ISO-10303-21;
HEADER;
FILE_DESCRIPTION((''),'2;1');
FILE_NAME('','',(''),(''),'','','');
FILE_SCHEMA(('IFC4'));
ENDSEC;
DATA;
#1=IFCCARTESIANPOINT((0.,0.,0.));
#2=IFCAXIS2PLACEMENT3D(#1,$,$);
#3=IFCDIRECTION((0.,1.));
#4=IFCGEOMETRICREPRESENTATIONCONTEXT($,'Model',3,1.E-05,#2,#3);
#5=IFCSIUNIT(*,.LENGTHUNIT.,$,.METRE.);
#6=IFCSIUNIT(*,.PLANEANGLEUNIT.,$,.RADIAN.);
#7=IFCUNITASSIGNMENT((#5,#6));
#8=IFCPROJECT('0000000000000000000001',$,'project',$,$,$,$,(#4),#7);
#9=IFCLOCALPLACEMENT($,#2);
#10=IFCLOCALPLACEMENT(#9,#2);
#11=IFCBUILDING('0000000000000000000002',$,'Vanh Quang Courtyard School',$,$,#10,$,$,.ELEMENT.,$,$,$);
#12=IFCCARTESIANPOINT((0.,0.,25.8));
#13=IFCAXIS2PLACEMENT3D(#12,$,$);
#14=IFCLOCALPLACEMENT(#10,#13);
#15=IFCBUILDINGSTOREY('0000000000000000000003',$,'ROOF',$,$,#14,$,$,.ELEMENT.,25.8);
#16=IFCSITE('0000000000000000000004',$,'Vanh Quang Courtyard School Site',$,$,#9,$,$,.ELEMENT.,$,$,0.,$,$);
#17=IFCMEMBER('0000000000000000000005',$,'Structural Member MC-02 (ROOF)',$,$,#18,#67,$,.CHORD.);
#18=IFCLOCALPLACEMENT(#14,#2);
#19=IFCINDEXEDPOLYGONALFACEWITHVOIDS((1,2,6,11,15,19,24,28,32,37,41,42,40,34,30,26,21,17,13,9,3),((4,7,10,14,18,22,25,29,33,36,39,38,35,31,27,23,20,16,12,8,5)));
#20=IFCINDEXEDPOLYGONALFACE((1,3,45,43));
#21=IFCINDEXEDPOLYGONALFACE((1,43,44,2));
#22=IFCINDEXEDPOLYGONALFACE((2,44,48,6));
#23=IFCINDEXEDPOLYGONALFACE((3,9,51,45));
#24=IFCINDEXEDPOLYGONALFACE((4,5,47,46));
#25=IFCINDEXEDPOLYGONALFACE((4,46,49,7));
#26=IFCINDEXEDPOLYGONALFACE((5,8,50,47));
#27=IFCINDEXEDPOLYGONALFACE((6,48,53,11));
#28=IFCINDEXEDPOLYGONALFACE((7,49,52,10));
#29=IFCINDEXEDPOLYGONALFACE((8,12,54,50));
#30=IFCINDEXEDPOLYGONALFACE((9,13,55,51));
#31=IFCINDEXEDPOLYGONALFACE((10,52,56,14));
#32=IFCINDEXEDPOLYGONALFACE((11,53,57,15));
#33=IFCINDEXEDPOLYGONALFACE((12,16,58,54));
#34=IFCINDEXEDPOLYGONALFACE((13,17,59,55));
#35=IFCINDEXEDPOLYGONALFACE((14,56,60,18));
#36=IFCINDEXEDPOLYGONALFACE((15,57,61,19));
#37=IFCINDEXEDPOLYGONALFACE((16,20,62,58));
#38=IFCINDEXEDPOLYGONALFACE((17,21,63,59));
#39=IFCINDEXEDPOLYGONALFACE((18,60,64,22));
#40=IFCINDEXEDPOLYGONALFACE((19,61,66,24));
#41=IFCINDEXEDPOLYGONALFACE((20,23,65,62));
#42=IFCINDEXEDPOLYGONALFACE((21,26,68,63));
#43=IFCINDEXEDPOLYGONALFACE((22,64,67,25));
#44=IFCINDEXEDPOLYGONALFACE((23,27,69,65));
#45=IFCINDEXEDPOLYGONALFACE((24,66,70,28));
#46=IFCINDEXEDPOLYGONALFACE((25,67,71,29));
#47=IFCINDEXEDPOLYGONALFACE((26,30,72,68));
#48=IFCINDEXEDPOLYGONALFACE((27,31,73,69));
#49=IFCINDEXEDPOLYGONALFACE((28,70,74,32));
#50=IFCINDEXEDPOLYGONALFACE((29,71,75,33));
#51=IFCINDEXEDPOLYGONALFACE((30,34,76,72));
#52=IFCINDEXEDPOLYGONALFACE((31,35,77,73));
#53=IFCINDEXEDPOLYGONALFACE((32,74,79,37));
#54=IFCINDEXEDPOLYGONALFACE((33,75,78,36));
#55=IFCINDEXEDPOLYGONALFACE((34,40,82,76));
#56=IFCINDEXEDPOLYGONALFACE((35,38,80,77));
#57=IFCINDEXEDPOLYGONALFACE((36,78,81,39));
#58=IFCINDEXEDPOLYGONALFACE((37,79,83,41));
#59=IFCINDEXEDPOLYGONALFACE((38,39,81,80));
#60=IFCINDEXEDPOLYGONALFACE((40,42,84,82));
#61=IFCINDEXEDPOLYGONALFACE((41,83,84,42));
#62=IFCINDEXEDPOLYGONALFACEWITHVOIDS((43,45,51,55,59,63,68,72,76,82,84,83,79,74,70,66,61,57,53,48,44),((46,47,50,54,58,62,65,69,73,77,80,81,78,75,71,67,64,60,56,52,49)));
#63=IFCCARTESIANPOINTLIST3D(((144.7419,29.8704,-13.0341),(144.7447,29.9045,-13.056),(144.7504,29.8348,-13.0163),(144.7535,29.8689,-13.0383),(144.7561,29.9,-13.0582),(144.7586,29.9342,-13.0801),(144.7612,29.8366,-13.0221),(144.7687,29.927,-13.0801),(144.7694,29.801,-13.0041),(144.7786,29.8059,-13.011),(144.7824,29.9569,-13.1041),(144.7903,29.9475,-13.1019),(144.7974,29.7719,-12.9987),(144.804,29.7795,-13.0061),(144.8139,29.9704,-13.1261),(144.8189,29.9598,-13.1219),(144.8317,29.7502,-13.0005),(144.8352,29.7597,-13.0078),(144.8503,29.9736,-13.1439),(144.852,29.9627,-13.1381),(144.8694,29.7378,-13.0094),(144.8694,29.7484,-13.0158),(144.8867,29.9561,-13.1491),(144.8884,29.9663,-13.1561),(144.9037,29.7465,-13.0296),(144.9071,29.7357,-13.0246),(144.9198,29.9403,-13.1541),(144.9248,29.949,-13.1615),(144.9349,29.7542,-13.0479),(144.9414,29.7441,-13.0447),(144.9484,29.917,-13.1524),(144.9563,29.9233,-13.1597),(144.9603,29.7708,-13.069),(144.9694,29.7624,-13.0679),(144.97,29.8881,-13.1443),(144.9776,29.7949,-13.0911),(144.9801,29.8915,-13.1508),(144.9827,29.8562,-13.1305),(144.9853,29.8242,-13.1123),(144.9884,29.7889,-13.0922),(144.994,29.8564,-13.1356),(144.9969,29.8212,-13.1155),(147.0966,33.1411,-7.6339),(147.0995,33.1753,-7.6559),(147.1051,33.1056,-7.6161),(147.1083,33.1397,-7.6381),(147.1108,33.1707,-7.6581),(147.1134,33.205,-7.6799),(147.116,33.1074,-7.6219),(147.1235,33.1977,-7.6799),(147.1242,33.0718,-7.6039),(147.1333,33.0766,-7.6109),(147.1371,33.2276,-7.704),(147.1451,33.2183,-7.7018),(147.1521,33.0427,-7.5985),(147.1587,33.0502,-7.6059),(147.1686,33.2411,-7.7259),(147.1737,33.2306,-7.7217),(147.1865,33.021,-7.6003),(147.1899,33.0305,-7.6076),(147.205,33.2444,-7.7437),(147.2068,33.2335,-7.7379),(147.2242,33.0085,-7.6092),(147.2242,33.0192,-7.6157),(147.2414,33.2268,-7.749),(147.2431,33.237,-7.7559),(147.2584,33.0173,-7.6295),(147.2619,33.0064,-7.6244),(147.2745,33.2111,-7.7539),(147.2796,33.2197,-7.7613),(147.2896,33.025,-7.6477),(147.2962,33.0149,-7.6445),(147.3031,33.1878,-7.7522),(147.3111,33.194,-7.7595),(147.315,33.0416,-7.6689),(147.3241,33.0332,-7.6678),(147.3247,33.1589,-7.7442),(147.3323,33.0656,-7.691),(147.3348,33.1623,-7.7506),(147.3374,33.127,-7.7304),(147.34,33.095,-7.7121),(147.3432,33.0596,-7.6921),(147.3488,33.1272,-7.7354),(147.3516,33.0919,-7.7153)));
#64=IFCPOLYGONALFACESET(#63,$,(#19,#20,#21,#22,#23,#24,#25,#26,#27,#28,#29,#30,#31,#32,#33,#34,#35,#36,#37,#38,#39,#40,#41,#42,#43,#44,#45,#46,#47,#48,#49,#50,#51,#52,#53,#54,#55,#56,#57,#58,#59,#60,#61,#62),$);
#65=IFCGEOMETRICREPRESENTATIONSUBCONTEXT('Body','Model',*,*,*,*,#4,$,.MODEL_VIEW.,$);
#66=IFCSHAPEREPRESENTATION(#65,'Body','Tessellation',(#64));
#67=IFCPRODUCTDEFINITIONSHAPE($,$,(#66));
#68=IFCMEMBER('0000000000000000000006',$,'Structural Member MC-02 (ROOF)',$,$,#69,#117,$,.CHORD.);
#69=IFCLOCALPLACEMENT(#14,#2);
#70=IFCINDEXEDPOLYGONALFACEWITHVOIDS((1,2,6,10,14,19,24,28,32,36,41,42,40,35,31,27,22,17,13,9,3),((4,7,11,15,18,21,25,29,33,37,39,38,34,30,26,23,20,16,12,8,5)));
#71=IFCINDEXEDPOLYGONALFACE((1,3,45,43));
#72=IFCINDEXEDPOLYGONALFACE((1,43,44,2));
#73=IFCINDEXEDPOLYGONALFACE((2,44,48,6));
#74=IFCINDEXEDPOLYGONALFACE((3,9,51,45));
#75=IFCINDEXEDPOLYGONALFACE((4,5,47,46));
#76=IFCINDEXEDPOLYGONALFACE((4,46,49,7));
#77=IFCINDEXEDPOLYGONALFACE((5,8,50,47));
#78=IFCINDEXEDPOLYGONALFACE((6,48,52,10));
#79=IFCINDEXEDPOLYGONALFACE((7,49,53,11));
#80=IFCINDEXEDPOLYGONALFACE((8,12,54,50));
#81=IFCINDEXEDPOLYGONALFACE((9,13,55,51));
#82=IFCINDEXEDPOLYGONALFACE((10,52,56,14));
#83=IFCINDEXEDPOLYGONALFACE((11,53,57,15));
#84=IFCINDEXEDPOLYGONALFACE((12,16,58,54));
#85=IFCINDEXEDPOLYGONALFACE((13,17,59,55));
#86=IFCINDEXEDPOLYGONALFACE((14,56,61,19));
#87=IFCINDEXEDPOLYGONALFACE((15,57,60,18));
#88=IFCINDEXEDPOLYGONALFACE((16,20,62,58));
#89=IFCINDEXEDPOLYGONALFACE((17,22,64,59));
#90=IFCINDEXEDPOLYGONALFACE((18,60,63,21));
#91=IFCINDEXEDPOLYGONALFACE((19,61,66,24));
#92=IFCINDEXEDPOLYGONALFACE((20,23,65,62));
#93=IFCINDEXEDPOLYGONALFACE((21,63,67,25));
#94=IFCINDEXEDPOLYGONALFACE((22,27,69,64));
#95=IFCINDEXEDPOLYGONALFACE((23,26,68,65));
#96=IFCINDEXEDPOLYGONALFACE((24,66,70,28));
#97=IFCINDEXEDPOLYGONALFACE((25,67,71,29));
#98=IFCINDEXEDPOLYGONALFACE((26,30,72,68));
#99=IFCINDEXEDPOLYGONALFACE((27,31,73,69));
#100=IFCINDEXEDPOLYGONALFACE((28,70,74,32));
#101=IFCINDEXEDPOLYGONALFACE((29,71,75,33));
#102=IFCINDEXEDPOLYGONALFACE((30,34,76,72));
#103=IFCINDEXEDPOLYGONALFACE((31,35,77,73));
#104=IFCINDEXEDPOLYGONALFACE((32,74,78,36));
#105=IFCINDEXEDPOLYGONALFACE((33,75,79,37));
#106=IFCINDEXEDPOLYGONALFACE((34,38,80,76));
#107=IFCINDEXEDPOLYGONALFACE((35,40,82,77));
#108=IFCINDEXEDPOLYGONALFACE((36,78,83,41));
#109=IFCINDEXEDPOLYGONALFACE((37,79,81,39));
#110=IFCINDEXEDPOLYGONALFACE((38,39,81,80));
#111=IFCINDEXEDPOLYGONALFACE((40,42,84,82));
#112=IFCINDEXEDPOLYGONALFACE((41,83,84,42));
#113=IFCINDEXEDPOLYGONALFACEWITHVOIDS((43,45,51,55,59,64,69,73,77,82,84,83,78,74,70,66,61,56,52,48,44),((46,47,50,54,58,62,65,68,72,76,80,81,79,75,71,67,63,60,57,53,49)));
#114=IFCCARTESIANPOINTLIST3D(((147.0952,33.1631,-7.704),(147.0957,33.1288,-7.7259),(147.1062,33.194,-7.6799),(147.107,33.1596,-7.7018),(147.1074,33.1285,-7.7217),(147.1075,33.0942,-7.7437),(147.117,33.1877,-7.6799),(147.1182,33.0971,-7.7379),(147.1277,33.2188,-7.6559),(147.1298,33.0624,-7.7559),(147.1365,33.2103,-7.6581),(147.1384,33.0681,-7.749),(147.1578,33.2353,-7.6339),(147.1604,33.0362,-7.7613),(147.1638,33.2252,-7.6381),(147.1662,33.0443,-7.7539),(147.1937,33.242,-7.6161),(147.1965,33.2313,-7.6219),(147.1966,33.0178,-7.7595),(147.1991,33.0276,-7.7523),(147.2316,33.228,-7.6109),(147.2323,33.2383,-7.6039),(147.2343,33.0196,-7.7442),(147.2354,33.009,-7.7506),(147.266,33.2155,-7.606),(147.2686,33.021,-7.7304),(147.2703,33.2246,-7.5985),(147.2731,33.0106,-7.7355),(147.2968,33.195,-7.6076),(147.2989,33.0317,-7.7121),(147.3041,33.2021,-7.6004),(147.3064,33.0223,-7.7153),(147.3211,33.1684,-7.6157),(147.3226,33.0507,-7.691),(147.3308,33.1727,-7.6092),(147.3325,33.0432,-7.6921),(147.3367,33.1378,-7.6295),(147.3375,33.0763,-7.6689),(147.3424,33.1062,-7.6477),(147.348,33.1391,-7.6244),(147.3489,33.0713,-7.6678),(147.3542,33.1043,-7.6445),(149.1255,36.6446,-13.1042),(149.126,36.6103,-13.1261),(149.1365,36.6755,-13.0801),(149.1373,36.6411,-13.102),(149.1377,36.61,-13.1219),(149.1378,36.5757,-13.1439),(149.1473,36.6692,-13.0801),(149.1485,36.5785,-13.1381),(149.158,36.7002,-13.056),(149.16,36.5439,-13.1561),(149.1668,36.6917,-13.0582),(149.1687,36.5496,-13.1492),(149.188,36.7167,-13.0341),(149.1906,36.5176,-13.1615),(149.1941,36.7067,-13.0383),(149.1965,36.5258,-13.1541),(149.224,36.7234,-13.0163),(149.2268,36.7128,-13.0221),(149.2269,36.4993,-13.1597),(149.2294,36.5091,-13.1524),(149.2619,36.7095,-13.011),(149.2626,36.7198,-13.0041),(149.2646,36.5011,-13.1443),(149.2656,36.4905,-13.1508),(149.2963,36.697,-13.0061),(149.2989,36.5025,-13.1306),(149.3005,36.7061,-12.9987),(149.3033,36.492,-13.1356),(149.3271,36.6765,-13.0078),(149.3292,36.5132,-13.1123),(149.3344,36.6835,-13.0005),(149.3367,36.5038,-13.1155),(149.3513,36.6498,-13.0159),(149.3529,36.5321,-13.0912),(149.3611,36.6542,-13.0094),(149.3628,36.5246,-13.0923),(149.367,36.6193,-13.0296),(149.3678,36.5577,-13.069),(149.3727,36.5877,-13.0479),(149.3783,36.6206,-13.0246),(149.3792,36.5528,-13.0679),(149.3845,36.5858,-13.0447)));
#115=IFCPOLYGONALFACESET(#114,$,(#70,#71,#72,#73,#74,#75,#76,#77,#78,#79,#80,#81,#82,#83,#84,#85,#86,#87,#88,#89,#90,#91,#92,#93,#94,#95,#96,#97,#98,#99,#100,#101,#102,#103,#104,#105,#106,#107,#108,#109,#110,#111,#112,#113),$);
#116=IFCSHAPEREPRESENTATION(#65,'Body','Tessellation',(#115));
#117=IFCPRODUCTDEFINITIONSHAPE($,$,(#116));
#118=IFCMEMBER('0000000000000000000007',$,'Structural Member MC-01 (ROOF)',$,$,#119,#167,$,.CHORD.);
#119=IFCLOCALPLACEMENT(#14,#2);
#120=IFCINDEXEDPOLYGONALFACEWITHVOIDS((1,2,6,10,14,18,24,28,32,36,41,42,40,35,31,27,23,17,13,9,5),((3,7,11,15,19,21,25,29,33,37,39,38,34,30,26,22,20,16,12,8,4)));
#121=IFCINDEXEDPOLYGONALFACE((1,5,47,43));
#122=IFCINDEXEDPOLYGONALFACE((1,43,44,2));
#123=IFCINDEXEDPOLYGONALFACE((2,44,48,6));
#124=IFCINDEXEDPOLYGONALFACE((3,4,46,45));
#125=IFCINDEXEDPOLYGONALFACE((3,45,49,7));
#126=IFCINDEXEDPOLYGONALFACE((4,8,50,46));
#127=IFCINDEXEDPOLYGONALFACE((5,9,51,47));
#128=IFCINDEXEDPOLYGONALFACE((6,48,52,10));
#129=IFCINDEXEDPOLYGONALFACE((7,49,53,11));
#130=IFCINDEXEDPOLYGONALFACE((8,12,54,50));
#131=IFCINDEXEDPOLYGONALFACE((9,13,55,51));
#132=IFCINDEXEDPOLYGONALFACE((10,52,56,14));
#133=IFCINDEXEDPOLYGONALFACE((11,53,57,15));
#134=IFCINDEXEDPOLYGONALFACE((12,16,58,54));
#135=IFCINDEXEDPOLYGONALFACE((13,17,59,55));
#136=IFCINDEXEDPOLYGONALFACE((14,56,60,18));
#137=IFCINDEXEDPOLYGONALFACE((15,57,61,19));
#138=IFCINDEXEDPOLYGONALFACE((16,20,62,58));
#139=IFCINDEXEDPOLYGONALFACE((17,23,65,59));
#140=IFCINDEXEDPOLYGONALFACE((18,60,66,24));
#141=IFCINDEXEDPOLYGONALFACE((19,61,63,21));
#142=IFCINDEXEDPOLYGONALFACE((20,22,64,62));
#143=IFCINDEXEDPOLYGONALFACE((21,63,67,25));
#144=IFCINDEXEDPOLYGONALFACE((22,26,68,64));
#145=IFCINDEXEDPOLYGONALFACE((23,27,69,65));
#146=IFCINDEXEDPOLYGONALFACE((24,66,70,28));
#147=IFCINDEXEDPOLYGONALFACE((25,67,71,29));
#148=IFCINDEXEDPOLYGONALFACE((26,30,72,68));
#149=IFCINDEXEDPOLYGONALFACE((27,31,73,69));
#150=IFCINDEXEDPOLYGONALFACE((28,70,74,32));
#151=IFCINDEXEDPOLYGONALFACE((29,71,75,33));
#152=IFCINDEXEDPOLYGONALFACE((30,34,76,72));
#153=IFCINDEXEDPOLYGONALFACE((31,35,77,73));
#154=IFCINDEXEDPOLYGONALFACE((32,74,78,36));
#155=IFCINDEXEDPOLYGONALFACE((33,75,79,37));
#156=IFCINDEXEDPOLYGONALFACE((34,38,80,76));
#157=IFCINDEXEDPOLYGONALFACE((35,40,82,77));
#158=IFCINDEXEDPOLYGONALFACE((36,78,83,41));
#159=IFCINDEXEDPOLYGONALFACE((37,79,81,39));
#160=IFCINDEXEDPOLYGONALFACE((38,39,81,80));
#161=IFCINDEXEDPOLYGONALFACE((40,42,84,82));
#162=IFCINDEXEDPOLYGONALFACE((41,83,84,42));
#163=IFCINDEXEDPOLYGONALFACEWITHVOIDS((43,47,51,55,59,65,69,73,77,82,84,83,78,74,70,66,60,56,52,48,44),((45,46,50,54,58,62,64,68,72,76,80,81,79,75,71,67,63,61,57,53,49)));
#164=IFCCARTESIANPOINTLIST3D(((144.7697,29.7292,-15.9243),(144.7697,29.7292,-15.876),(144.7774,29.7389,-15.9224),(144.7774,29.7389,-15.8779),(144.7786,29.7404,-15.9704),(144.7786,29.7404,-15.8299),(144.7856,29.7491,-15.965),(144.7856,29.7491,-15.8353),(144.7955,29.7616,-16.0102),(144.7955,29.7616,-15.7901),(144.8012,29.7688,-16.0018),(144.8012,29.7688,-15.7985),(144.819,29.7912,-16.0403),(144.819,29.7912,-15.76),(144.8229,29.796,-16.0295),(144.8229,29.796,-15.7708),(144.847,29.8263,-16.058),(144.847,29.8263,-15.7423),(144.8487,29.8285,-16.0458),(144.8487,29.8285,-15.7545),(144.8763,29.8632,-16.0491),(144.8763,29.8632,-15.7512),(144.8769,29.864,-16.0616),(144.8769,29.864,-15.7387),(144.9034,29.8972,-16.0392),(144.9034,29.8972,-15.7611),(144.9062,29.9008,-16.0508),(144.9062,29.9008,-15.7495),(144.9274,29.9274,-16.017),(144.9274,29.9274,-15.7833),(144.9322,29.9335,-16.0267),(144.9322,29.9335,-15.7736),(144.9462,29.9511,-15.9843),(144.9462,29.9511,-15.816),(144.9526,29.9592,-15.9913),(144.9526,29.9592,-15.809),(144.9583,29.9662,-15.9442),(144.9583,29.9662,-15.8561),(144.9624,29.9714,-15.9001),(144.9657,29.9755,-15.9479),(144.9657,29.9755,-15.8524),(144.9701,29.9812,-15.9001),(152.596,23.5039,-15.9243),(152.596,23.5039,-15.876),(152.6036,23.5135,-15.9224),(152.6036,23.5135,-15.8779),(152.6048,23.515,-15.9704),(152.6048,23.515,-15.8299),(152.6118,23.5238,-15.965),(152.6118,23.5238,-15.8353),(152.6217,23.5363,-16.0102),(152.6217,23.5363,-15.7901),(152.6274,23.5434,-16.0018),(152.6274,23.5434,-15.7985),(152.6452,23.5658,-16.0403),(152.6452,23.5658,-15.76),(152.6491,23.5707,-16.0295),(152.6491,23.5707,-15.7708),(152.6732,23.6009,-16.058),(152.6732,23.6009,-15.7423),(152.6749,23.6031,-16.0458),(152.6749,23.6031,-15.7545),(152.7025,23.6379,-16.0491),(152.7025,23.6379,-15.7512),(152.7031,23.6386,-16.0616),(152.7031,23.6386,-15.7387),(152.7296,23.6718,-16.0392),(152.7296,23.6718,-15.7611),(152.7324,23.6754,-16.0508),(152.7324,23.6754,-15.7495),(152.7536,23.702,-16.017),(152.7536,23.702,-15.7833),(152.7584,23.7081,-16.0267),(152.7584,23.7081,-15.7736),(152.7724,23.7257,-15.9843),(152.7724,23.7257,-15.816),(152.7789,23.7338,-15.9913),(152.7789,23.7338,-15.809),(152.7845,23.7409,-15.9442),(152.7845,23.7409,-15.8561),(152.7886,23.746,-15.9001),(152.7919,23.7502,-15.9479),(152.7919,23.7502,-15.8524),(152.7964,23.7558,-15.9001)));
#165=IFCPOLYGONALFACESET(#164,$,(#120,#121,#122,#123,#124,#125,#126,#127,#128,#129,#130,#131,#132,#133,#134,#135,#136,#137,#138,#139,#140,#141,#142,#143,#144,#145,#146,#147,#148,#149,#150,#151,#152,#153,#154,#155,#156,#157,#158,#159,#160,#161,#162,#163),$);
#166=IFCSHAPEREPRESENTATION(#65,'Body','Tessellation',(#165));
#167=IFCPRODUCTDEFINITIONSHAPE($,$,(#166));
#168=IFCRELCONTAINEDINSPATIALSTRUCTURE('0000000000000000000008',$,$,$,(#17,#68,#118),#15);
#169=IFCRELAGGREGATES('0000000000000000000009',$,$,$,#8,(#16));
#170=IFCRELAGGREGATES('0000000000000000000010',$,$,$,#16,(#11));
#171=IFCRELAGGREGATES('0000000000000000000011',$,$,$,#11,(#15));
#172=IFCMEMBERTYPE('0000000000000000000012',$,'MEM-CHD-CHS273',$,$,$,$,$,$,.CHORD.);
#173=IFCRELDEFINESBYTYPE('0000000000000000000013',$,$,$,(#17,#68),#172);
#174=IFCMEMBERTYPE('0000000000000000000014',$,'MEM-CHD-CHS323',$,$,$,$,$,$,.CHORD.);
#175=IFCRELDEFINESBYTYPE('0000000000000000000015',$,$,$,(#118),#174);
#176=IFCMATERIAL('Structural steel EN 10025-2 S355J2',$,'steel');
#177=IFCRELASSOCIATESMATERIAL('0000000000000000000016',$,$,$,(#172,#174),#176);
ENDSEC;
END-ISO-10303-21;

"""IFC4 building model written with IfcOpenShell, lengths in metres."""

from ifc_helpers import new_model, si_unit, direction, frame, origin, origin_2d, place, context, subcontext, project, spatial, hollow_circle, extrude, material, material_profile, profile_set, type_object, element, save


model = new_model("IFC4")

# Units and contexts
model_context = context("Model", 3, precision=1e-05, world=origin(), true_north=direction((0.0, 1.0)))
body_context = subcontext(model_context, "Body", "Model", "MODEL_VIEW")
ifc_project = project(units=[si_unit("LENGTHUNIT", "METRE"), si_unit("PLANEANGLEUNIT", "RADIAN")], contexts=[model_context])

# Site, building, storey
site_placement = place(None, origin())
site = spatial("IfcSite", under=ifc_project, at=site_placement, Name="Vanh Quang Courtyard School Site", CompositionType="ELEMENT", RefElevation=0.0)
building_placement = place(site_placement, origin())
building = spatial("IfcBuilding", under=site, at=building_placement, Name="Vanh Quang Courtyard School", CompositionType="ELEMENT")
storey_placement = place(building_placement, frame((0.0, 0.0, 25.8)))
storey = spatial("IfcBuildingStorey", under=building, at=storey_placement, Name="ROOF", CompositionType="ELEMENT", Elevation=25.8)

# Shared definitions
ifc_material_1 = material(Name="Structural steel EN 10025-2 S355J2", Category="steel")

# Members
ifc_material_profile_1 = material_profile(ifc_material_1, hollow_circle(Radius=0.1365, WallThickness=0.0125, at=origin_2d()), Name="CHS 273x12.5")
ifc_profile_set_1 = profile_set([ifc_material_profile_1], Name="Structural steel EN 10025-2 S355J2")
member_type_1 = type_object("IfcMemberType", Name="MEM-CHD-CHS273", PredefinedType="CHORD", material=ifc_profile_set_1)
for number, where, z_axis, x_axis, name in (
    (1, (144.8694, 29.8545, -13.0801), (0.349457, 0.4854, 0.801415), (-0.811558, 0.584271, 0.0), "Structural Member MC-02 (ROOF)"),
    (2, (147.2241, 33.1252, -7.6799), (0.301306, 0.516669, -0.801416), (-0.86384, 0.503766, 0.0), "Structural Member MC-02 (ROOF)"),
):
    element("IfcMember", number, at=place(storey_placement, frame(where, z_axis=z_axis, x_axis=x_axis)), inside=storey, type_object=member_type_1, Name=name, PredefinedType="CHORD", context=body_context, shape_type="SweptSolid", body=[
        extrude(hollow_circle(Radius=0.1365, WallThickness=0.0125, at=origin_2d()), origin(), (0.0, 0.0, 1.0), 6.7383),
    ])
ifc_material_profile_2 = material_profile(ifc_material_1, hollow_circle(Radius=0.1619, WallThickness=0.0125, at=origin_2d()), Name="CHS 323.9x12.5")
ifc_profile_set_2 = profile_set([ifc_material_profile_2], Name="Structural steel EN 10025-2 S355J2")
member_type_2 = type_object("IfcMemberType", Name="MEM-CHD-CHS323", PredefinedType="CHORD", material=ifc_profile_set_2)
member_1_placement = place(storey_placement, frame((144.8694, 29.8545, -15.9001), z_axis=(0.782602, -0.622522, 0.0), x_axis=(0.622522, 0.782602, 0.0)))
element("IfcMember", 3, at=member_1_placement, inside=storey, type_object=member_type_2, Name="Structural Member MC-01 (ROOF)", PredefinedType="CHORD", context=body_context, shape_type="SweptSolid", body=[
    extrude(hollow_circle(Radius=0.1619, WallThickness=0.0125, at=origin_2d()), origin(), (0.0, 0.0, 1.0), 10.0002),
])

save(model, "model.ifc")
